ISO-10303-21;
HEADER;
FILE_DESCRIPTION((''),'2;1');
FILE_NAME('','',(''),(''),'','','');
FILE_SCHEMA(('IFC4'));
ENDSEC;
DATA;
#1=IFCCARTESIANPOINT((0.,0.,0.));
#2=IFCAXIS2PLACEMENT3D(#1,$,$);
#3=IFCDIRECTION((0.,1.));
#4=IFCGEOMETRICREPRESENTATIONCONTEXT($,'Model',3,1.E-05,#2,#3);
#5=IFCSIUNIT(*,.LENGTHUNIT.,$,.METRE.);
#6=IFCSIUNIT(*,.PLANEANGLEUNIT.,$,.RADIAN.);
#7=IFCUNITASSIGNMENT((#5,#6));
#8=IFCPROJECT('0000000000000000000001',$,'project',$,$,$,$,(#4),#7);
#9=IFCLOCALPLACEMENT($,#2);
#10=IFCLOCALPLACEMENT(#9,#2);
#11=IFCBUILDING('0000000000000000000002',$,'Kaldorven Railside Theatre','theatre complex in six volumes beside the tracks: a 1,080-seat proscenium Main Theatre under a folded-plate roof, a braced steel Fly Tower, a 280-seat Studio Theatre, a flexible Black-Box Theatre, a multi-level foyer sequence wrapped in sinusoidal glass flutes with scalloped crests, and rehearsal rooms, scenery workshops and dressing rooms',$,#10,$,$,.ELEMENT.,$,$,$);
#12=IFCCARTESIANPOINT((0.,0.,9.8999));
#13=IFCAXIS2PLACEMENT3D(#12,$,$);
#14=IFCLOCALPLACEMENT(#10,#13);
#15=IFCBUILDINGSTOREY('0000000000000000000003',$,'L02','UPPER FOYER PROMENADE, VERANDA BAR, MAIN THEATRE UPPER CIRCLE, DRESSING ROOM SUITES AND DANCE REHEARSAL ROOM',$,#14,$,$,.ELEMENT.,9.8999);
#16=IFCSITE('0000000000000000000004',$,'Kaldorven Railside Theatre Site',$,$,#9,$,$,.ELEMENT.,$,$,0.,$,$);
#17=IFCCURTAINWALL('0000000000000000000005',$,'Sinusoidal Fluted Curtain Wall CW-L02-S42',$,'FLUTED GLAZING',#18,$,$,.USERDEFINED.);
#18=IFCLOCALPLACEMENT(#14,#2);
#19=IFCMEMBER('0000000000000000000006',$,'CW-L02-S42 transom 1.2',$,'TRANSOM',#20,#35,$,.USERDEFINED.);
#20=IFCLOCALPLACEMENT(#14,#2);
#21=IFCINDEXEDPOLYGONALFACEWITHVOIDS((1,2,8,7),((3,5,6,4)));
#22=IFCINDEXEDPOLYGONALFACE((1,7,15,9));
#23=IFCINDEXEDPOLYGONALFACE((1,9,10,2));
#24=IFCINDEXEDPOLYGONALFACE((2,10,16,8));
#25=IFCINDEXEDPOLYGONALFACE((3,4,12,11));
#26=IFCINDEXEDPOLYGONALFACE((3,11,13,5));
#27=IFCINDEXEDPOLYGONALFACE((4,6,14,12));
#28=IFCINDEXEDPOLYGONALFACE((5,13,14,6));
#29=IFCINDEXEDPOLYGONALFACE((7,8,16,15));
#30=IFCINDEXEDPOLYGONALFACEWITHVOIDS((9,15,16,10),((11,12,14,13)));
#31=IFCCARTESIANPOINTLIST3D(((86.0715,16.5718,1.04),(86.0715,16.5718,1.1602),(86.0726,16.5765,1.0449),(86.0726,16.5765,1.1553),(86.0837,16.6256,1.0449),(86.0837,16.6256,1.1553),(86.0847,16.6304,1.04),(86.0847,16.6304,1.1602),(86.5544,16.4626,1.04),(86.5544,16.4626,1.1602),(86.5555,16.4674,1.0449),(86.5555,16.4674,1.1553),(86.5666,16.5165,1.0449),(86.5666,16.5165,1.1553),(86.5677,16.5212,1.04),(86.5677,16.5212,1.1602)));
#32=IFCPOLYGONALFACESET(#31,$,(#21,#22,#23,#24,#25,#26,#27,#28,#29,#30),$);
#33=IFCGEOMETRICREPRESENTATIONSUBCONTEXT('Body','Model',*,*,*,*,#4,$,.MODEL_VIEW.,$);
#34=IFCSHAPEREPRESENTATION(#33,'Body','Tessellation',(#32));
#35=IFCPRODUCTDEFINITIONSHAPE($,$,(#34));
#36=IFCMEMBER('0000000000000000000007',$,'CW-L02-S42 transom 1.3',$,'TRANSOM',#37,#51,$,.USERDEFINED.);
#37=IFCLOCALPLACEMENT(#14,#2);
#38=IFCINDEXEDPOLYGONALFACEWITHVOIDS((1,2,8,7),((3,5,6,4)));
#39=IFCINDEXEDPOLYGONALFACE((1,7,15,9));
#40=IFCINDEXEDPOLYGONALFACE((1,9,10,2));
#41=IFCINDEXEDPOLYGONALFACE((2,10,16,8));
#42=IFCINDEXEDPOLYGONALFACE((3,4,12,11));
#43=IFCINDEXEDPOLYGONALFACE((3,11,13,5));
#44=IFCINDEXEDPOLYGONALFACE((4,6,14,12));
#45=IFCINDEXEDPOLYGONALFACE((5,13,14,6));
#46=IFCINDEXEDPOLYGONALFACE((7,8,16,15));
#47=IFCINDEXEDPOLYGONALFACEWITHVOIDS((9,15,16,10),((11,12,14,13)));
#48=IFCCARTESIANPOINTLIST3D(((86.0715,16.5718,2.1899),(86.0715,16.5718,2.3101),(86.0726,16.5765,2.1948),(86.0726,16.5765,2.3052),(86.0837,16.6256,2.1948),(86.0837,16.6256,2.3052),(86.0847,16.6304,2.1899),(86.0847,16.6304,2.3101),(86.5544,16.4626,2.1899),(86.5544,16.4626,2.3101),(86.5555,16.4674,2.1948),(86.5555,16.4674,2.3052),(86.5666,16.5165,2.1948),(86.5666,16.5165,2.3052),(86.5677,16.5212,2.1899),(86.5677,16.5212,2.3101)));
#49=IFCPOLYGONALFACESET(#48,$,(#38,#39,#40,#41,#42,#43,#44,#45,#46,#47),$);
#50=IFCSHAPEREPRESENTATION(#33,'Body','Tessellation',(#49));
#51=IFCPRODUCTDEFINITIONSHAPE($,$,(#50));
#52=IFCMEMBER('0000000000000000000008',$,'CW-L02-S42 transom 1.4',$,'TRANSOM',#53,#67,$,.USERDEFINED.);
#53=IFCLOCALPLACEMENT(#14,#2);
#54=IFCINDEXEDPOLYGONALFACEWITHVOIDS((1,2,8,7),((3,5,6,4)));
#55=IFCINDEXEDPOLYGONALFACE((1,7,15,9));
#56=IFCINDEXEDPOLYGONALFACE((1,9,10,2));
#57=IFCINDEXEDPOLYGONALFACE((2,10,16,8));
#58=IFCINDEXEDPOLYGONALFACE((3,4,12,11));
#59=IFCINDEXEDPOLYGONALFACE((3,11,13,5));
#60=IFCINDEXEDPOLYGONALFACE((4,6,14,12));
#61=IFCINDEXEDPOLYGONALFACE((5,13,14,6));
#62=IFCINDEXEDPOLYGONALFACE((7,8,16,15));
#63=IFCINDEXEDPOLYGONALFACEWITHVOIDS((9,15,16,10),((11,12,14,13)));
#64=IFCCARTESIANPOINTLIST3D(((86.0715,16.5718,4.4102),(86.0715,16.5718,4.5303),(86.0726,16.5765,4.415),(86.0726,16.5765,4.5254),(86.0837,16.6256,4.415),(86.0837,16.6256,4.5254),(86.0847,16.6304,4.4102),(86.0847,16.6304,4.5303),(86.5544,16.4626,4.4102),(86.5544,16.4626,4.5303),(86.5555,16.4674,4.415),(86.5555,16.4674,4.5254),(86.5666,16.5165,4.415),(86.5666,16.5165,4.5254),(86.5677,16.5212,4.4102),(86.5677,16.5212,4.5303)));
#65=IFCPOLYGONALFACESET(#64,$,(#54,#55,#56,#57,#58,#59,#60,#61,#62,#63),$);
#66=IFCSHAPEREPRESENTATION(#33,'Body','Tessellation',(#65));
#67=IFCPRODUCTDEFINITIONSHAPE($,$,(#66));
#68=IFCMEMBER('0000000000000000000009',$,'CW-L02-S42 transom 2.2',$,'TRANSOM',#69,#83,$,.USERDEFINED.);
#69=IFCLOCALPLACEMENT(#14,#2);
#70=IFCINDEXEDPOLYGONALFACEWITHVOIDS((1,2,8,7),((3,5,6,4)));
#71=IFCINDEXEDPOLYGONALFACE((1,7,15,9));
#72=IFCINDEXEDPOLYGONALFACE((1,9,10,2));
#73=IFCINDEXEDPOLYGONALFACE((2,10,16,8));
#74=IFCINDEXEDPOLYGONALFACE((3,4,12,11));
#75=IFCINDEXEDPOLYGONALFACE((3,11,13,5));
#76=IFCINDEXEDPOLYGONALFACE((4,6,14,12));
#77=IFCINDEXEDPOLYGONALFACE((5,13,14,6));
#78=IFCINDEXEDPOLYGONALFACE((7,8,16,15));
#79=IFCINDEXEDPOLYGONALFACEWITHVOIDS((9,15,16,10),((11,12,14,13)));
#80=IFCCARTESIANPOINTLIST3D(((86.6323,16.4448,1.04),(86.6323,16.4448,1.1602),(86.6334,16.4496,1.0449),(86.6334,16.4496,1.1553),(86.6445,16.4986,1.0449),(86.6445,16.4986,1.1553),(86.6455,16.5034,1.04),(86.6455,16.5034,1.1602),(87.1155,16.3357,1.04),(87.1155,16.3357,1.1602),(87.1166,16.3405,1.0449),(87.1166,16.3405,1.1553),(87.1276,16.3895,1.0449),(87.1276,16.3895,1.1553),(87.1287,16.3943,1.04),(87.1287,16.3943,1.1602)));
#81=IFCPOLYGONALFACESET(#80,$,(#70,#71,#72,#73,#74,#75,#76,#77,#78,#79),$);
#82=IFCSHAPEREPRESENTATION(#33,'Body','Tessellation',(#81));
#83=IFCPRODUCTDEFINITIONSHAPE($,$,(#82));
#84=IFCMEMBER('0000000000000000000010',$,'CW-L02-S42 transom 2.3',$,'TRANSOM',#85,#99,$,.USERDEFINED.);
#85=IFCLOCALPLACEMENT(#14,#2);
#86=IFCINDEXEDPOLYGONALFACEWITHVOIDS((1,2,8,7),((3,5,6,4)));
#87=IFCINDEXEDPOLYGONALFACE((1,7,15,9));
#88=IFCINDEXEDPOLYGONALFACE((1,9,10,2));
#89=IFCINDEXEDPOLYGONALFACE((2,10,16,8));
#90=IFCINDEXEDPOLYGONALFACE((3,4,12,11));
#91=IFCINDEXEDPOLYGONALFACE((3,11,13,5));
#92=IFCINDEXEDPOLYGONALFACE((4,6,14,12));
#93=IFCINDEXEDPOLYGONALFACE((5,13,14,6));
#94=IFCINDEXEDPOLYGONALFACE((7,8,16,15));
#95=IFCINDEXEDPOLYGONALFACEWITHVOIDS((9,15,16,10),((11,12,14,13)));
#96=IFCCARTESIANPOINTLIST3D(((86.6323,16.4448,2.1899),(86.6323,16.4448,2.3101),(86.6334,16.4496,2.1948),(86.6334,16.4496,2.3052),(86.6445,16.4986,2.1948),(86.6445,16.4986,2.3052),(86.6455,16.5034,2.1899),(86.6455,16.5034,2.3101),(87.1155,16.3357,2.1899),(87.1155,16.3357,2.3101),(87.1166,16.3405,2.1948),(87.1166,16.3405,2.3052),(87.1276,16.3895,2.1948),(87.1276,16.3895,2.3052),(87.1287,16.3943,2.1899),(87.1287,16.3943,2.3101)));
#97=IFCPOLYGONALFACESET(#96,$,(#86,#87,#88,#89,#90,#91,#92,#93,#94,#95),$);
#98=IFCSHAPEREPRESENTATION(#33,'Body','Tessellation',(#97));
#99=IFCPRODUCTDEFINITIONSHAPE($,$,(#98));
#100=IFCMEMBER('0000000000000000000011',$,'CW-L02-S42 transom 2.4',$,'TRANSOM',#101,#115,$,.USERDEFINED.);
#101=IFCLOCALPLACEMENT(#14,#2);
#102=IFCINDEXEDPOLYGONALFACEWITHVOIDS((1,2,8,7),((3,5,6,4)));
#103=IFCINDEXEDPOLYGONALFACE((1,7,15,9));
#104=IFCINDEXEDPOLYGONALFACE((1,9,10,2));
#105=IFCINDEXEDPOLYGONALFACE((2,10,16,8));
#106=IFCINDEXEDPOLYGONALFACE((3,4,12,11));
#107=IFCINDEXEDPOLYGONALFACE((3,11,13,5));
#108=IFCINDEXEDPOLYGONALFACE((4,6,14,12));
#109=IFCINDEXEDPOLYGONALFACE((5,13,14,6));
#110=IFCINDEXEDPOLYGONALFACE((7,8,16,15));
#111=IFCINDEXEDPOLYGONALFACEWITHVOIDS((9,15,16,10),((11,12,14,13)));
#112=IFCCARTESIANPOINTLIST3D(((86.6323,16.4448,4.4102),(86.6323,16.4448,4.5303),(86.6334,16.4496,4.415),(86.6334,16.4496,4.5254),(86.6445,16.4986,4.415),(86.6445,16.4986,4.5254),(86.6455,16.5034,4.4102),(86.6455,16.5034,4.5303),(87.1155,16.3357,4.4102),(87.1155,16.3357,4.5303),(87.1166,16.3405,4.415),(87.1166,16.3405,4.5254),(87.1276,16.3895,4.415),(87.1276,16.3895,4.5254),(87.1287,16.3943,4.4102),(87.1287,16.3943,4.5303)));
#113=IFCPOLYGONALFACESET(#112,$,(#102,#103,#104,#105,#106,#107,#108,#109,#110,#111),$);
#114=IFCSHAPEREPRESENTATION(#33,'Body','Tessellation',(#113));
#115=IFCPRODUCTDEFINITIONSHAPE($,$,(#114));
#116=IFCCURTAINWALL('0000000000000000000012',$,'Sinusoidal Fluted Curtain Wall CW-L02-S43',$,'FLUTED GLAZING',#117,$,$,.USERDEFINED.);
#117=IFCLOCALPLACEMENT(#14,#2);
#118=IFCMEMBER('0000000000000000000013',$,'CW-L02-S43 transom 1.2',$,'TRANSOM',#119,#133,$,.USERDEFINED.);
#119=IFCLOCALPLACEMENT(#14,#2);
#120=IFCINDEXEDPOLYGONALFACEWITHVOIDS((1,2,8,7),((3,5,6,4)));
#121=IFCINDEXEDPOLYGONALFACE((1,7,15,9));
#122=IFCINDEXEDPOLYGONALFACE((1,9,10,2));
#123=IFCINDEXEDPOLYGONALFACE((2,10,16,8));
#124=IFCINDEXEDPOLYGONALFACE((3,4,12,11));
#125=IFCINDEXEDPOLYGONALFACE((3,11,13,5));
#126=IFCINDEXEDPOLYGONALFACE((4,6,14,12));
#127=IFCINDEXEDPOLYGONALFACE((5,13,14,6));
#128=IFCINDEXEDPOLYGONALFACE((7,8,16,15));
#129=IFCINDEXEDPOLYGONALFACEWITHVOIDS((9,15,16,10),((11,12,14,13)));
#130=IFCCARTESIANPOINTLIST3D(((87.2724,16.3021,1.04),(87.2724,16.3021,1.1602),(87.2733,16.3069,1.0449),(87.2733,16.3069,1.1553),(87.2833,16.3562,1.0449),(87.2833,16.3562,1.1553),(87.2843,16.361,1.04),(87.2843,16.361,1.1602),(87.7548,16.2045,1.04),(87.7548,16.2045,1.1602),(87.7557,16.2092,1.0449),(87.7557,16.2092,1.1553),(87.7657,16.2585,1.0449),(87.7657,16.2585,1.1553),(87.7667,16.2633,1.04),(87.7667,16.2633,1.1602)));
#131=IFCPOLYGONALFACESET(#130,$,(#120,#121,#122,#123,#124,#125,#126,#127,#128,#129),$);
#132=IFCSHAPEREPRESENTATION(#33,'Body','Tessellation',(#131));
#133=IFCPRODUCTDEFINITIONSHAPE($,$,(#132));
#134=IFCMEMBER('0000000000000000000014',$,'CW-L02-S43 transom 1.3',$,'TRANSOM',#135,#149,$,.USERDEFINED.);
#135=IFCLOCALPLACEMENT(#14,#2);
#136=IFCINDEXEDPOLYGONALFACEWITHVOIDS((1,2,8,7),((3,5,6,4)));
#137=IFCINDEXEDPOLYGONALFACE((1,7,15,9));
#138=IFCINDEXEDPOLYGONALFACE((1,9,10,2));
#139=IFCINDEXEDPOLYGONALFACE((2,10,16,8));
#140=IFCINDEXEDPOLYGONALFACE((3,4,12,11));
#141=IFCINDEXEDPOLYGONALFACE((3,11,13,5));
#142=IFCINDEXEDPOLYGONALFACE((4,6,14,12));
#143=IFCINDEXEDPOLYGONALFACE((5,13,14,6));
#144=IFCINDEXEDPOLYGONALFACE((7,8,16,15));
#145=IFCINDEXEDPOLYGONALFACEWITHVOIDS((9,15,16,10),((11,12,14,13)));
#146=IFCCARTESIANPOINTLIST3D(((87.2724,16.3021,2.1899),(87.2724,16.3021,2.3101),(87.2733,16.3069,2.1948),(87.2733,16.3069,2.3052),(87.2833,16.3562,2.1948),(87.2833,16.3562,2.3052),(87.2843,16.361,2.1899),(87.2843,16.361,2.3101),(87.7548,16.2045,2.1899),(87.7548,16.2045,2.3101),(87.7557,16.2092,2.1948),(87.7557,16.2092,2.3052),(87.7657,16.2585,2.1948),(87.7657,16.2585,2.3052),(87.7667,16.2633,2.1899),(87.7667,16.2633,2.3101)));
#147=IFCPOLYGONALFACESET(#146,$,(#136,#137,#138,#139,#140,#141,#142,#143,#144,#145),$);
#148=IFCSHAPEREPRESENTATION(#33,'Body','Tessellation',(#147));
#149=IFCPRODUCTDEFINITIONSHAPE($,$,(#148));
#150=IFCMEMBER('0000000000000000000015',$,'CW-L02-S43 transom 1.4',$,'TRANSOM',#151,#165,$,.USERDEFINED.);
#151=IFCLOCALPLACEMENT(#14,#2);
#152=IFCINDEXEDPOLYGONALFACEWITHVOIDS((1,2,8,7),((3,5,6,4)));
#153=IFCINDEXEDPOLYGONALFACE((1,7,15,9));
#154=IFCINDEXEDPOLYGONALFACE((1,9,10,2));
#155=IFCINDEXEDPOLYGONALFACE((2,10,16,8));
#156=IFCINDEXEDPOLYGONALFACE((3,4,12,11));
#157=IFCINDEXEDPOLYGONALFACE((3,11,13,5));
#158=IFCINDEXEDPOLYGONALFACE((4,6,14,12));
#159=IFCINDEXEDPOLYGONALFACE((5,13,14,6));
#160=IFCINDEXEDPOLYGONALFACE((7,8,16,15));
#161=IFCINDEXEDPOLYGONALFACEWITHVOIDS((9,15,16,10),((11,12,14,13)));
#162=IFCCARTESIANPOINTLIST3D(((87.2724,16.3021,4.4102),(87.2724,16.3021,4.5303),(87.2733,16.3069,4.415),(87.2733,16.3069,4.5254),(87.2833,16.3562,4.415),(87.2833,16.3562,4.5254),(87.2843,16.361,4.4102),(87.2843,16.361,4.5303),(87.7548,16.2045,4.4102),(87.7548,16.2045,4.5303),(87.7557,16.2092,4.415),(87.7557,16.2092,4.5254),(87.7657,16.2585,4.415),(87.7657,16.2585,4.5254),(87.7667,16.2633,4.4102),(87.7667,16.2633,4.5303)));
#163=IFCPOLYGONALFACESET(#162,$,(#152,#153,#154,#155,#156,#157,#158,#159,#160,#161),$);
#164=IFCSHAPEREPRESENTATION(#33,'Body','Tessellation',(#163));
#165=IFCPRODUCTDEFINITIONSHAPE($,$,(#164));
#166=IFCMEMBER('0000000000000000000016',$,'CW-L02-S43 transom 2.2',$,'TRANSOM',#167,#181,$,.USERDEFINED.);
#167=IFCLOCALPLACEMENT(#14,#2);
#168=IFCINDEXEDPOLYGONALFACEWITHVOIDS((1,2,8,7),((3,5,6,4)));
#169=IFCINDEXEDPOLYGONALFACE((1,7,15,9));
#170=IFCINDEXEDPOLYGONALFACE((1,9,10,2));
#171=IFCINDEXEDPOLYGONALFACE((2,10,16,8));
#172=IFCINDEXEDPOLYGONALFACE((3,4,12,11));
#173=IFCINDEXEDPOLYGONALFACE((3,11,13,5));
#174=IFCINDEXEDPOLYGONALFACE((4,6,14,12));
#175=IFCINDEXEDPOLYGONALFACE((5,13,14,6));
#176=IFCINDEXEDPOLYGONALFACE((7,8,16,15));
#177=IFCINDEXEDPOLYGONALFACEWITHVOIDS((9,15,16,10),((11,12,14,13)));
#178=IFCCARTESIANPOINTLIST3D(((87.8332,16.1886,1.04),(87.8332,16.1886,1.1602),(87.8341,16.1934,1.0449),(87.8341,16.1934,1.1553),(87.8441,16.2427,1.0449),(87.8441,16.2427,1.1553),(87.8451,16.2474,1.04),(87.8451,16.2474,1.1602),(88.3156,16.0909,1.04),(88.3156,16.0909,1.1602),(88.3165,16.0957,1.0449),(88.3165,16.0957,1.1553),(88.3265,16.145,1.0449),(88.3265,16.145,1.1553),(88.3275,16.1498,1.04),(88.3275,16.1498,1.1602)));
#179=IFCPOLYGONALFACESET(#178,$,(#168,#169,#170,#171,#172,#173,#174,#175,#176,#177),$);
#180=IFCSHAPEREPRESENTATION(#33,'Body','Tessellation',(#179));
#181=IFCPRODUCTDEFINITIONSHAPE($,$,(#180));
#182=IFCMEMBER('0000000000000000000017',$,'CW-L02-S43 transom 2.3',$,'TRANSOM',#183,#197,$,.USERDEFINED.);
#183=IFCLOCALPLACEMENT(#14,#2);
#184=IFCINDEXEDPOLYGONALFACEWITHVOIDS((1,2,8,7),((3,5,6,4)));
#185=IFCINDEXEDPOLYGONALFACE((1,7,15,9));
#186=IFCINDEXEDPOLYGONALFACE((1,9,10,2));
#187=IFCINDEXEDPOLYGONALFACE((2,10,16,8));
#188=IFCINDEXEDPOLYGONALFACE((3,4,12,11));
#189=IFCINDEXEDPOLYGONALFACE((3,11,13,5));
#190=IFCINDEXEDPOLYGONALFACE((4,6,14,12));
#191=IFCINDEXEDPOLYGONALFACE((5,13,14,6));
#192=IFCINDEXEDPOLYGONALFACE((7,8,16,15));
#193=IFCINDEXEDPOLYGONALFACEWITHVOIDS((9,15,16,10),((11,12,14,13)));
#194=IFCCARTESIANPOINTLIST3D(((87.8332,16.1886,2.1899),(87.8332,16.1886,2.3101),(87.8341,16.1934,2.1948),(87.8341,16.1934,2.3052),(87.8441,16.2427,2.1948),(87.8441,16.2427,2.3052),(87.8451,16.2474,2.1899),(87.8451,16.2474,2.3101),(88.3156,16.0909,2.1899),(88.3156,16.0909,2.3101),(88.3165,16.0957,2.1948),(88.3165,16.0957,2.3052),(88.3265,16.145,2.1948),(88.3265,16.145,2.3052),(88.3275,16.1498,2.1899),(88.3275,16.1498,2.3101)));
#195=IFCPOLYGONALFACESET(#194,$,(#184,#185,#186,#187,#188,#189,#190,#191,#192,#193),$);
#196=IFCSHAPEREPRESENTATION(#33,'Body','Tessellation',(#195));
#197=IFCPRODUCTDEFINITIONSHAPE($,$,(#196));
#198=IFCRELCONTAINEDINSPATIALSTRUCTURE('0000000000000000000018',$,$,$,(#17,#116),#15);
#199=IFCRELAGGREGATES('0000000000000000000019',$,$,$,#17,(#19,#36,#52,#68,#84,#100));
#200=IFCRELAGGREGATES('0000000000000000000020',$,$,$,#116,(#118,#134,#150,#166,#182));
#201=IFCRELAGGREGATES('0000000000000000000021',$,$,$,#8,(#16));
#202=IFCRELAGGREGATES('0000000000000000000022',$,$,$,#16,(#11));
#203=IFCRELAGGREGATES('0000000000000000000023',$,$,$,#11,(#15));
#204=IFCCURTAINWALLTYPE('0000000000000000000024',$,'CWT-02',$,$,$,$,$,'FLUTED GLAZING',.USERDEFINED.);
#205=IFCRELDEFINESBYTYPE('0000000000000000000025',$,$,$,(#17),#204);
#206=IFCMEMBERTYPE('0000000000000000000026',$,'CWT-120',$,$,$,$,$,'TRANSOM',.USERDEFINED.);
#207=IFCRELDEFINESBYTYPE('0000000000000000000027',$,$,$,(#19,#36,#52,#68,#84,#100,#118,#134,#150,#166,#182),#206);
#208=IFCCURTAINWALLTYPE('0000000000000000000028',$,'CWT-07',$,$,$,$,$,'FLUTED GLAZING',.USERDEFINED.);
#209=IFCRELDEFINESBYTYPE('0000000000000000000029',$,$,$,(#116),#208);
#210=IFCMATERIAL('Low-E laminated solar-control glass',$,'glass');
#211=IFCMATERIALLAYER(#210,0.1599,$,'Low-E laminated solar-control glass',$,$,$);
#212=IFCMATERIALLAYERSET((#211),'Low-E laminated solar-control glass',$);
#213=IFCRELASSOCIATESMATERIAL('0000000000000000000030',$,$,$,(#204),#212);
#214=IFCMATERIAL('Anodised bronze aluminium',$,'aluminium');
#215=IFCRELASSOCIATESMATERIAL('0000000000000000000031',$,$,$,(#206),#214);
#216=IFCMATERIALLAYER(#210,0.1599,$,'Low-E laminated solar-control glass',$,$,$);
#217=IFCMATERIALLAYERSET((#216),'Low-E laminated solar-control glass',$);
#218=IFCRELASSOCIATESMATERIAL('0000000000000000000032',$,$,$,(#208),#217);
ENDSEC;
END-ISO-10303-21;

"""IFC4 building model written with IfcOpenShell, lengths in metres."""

from ifc_helpers import new_model, si_unit, direction, frame, origin, origin_2d, place, context, subcontext, project, spatial, hollow_rectangle, extrude, material, layer, layer_set, material_profile, profile_set, type_object, element, aggregate, save


model = new_model("IFC4")

# Units and contexts
model_context = context("Model", 3, precision=1e-05, world=origin(), true_north=direction((0.0, 1.0)))
body_context = subcontext(model_context, "Body", "Model", "MODEL_VIEW")
ifc_project = project(units=[si_unit("LENGTHUNIT", "METRE"), si_unit("PLANEANGLEUNIT", "RADIAN")], contexts=[model_context])

# Site, building, storey
site_placement = place(None, origin())
site = spatial("IfcSite", under=ifc_project, at=site_placement, Name="Kaldorven Railside Theatre Site", CompositionType="ELEMENT", RefElevation=0.0)
building_placement = place(site_placement, origin())
building = spatial("IfcBuilding", under=site, at=building_placement, Name="Kaldorven Railside Theatre", Description="theatre complex in six volumes beside the tracks: a 1,080-seat proscenium Main Theatre under a folded-plate roof, a braced steel Fly Tower, a 280-seat Studio Theatre, a flexible Black-Box Theatre, a multi-level foyer sequence wrapped in sinusoidal glass flutes with scalloped crests, and rehearsal rooms, scenery workshops and dressing rooms", CompositionType="ELEMENT")
storey_placement = place(building_placement, frame((0.0, 0.0, 9.8999)))
storey = spatial("IfcBuildingStorey", under=building, at=storey_placement, Name="L02", Description="UPPER FOYER PROMENADE, VERANDA BAR, MAIN THEATRE UPPER CIRCLE, DRESSING ROOM SUITES AND DANCE REHEARSAL ROOM", CompositionType="ELEMENT", Elevation=9.8999)

# Curtain walls, members
ifc_material_1 = material(Name="Low-E laminated solar-control glass", Category="glass")
ifc_layer_1 = layer(ifc_material_1, 0.1599, Name="Low-E laminated solar-control glass")
ifc_layer_set_1 = layer_set([ifc_layer_1], Name="Low-E laminated solar-control glass")
curtain_wall_type_1 = type_object("IfcCurtainWallType", Name="CWT-02", ElementType="FLUTED GLAZING", PredefinedType="USERDEFINED", material=ifc_layer_set_1)
curtain_wall_1_placement = place(storey_placement, origin())
curtain_wall_1 = element("IfcCurtainWall", 1, at=curtain_wall_1_placement, inside=storey, type_object=curtain_wall_type_1, Name="Sinusoidal Fluted Curtain Wall CW-L02-S42", ObjectType="FLUTED GLAZING", PredefinedType="USERDEFINED")
ifc_material_2 = material(Name="Anodised bronze aluminium", Category="aluminium")
ifc_material_profile = material_profile(ifc_material_2, hollow_rectangle(XDim=0.0601, YDim=0.1201, WallThickness=0.0049, at=origin_2d()), Name="RHS 120x60x5")
ifc_profile_set = profile_set([ifc_material_profile], Name="Anodised bronze aluminium")
member_type = type_object("IfcMemberType", Name="CWT-120", ElementType="TRANSOM", PredefinedType="USERDEFINED", material=ifc_profile_set)
member_1_placement = place(storey_placement, frame((86.0781, 16.6011, 1.1001), z_axis=(0.975403, -0.220427, 0.0), x_axis=(0.220427, 0.975403, 0.0)))
member_1 = element("IfcMember", 2, at=member_1_placement, type_object=member_type, Name="CW-L02-S42 transom 1.2", ObjectType="TRANSOM", PredefinedType="USERDEFINED", context=body_context, shape_type="SweptSolid", body=[
    extrude(hollow_rectangle(XDim=0.0601, YDim=0.1201, WallThickness=0.0049, at=origin_2d()), origin(), (0.0, 0.0, 1.0), 0.4951),
])
member_2_placement = place(storey_placement, frame((86.0781, 16.6011, 2.25), z_axis=(0.975403, -0.220427, 0.0), x_axis=(0.220427, 0.975403, 0.0)))
member_2 = element("IfcMember", 3, at=member_2_placement, type_object=member_type, Name="CW-L02-S42 transom 1.3", ObjectType="TRANSOM", PredefinedType="USERDEFINED", context=body_context, shape_type="SweptSolid", body=[
    extrude(hollow_rectangle(XDim=0.0601, YDim=0.1201, WallThickness=0.0049, at=origin_2d()), origin(), (0.0, 0.0, 1.0), 0.4951),
])
member_3_placement = place(storey_placement, frame((86.0781, 16.6011, 4.4702), z_axis=(0.975403, -0.220427, 0.0), x_axis=(0.220427, 0.975403, 0.0)))
member_3 = element("IfcMember", 4, at=member_3_placement, type_object=member_type, Name="CW-L02-S42 transom 1.4", ObjectType="TRANSOM", PredefinedType="USERDEFINED", context=body_context, shape_type="SweptSolid", body=[
    extrude(hollow_rectangle(XDim=0.0601, YDim=0.1201, WallThickness=0.0049, at=origin_2d()), origin(), (0.0, 0.0, 1.0), 0.4951),
])
member_4_placement = place(storey_placement, frame((86.6389, 16.4741, 1.1001), z_axis=(0.975427, -0.220321, 0.0), x_axis=(0.220321, 0.975427, 0.0)))
member_4 = element("IfcMember", 5, at=member_4_placement, type_object=member_type, Name="CW-L02-S42 transom 2.2", ObjectType="TRANSOM", PredefinedType="USERDEFINED", context=body_context, shape_type="SweptSolid", body=[
    extrude(hollow_rectangle(XDim=0.0601, YDim=0.1201, WallThickness=0.0049, at=origin_2d()), origin(), (0.0, 0.0, 1.0), 0.4954),
])
member_5_placement = place(storey_placement, frame((86.6389, 16.4741, 2.25), z_axis=(0.975427, -0.220321, 0.0), x_axis=(0.220321, 0.975427, 0.0)))
member_5 = element("IfcMember", 6, at=member_5_placement, type_object=member_type, Name="CW-L02-S42 transom 2.3", ObjectType="TRANSOM", PredefinedType="USERDEFINED", context=body_context, shape_type="SweptSolid", body=[
    extrude(hollow_rectangle(XDim=0.0601, YDim=0.1201, WallThickness=0.0049, at=origin_2d()), origin(), (0.0, 0.0, 1.0), 0.4954),
])
member_6_placement = place(storey_placement, frame((86.6389, 16.4741, 4.4702), z_axis=(0.975427, -0.220321, 0.0), x_axis=(0.220321, 0.975427, 0.0)))
member_6 = element("IfcMember", 7, at=member_6_placement, type_object=member_type, Name="CW-L02-S42 transom 2.4", ObjectType="TRANSOM", PredefinedType="USERDEFINED", context=body_context, shape_type="SweptSolid", body=[
    extrude(hollow_rectangle(XDim=0.0601, YDim=0.1201, WallThickness=0.0049, at=origin_2d()), origin(), (0.0, 0.0, 1.0), 0.4954),
])
ifc_layer_2 = layer(ifc_material_1, 0.1599, Name="Low-E laminated solar-control glass")
ifc_layer_set_2 = layer_set([ifc_layer_2], Name="Low-E laminated solar-control glass")
curtain_wall_type_2 = type_object("IfcCurtainWallType", Name="CWT-07", ElementType="FLUTED GLAZING", PredefinedType="USERDEFINED", material=ifc_layer_set_2)
curtain_wall_2_placement = place(storey_placement, origin())
curtain_wall_2 = element("IfcCurtainWall", 8, at=curtain_wall_2_placement, inside=storey, type_object=curtain_wall_type_2, Name="Sinusoidal Fluted Curtain Wall CW-L02-S43", ObjectType="FLUTED GLAZING", PredefinedType="USERDEFINED")
member_7_placement = place(storey_placement, frame((87.2783, 16.3315, 1.1001), z_axis=(0.98012, -0.198405, 0.0), x_axis=(0.198405, 0.98012, 0.0)))
member_7 = element("IfcMember", 9, at=member_7_placement, type_object=member_type, Name="CW-L02-S43 transom 1.2", ObjectType="TRANSOM", PredefinedType="USERDEFINED", context=body_context, shape_type="SweptSolid", body=[
    extrude(hollow_rectangle(XDim=0.0601, YDim=0.1201, WallThickness=0.0049, at=origin_2d()), origin(), (0.0, 0.0, 1.0), 0.4922),
])
member_8_placement = place(storey_placement, frame((87.2783, 16.3315, 2.25), z_axis=(0.98012, -0.198405, 0.0), x_axis=(0.198405, 0.98012, 0.0)))
member_8 = element("IfcMember", 10, at=member_8_placement, type_object=member_type, Name="CW-L02-S43 transom 1.3", ObjectType="TRANSOM", PredefinedType="USERDEFINED", context=body_context, shape_type="SweptSolid", body=[
    extrude(hollow_rectangle(XDim=0.0601, YDim=0.1201, WallThickness=0.0049, at=origin_2d()), origin(), (0.0, 0.0, 1.0), 0.4922),
])
member_9_placement = place(storey_placement, frame((87.2783, 16.3315, 4.4702), z_axis=(0.98012, -0.198405, 0.0), x_axis=(0.198405, 0.98012, 0.0)))
member_9 = element("IfcMember", 11, at=member_9_placement, type_object=member_type, Name="CW-L02-S43 transom 1.4", ObjectType="TRANSOM", PredefinedType="USERDEFINED", context=body_context, shape_type="SweptSolid", body=[
    extrude(hollow_rectangle(XDim=0.0601, YDim=0.1201, WallThickness=0.0049, at=origin_2d()), origin(), (0.0, 0.0, 1.0), 0.4922),
])
member_10_placement = place(storey_placement, frame((87.8391, 16.218, 1.1001), z_axis=(0.98012, -0.198405, 0.0), x_axis=(0.198405, 0.98012, 0.0)))
member_10 = element("IfcMember", 12, at=member_10_placement, type_object=member_type, Name="CW-L02-S43 transom 2.2", ObjectType="TRANSOM", PredefinedType="USERDEFINED", context=body_context, shape_type="SweptSolid", body=[
    extrude(hollow_rectangle(XDim=0.0601, YDim=0.1201, WallThickness=0.0049, at=origin_2d()), origin(), (0.0, 0.0, 1.0), 0.4922),
])
member_11_placement = place(storey_placement, frame((87.8391, 16.218, 2.25), z_axis=(0.98012, -0.198405, 0.0), x_axis=(0.198405, 0.98012, 0.0)))
member_11 = element("IfcMember", 13, at=member_11_placement, type_object=member_type, Name="CW-L02-S43 transom 2.3", ObjectType="TRANSOM", PredefinedType="USERDEFINED", context=body_context, shape_type="SweptSolid", body=[
    extrude(hollow_rectangle(XDim=0.0601, YDim=0.1201, WallThickness=0.0049, at=origin_2d()), origin(), (0.0, 0.0, 1.0), 0.4922),
])

aggregate(curtain_wall_1, [member_1, member_2, member_3, member_4, member_5, member_6])
aggregate(curtain_wall_2, [member_7, member_8, member_9, member_10, member_11])

save(model, "model.ifc")
